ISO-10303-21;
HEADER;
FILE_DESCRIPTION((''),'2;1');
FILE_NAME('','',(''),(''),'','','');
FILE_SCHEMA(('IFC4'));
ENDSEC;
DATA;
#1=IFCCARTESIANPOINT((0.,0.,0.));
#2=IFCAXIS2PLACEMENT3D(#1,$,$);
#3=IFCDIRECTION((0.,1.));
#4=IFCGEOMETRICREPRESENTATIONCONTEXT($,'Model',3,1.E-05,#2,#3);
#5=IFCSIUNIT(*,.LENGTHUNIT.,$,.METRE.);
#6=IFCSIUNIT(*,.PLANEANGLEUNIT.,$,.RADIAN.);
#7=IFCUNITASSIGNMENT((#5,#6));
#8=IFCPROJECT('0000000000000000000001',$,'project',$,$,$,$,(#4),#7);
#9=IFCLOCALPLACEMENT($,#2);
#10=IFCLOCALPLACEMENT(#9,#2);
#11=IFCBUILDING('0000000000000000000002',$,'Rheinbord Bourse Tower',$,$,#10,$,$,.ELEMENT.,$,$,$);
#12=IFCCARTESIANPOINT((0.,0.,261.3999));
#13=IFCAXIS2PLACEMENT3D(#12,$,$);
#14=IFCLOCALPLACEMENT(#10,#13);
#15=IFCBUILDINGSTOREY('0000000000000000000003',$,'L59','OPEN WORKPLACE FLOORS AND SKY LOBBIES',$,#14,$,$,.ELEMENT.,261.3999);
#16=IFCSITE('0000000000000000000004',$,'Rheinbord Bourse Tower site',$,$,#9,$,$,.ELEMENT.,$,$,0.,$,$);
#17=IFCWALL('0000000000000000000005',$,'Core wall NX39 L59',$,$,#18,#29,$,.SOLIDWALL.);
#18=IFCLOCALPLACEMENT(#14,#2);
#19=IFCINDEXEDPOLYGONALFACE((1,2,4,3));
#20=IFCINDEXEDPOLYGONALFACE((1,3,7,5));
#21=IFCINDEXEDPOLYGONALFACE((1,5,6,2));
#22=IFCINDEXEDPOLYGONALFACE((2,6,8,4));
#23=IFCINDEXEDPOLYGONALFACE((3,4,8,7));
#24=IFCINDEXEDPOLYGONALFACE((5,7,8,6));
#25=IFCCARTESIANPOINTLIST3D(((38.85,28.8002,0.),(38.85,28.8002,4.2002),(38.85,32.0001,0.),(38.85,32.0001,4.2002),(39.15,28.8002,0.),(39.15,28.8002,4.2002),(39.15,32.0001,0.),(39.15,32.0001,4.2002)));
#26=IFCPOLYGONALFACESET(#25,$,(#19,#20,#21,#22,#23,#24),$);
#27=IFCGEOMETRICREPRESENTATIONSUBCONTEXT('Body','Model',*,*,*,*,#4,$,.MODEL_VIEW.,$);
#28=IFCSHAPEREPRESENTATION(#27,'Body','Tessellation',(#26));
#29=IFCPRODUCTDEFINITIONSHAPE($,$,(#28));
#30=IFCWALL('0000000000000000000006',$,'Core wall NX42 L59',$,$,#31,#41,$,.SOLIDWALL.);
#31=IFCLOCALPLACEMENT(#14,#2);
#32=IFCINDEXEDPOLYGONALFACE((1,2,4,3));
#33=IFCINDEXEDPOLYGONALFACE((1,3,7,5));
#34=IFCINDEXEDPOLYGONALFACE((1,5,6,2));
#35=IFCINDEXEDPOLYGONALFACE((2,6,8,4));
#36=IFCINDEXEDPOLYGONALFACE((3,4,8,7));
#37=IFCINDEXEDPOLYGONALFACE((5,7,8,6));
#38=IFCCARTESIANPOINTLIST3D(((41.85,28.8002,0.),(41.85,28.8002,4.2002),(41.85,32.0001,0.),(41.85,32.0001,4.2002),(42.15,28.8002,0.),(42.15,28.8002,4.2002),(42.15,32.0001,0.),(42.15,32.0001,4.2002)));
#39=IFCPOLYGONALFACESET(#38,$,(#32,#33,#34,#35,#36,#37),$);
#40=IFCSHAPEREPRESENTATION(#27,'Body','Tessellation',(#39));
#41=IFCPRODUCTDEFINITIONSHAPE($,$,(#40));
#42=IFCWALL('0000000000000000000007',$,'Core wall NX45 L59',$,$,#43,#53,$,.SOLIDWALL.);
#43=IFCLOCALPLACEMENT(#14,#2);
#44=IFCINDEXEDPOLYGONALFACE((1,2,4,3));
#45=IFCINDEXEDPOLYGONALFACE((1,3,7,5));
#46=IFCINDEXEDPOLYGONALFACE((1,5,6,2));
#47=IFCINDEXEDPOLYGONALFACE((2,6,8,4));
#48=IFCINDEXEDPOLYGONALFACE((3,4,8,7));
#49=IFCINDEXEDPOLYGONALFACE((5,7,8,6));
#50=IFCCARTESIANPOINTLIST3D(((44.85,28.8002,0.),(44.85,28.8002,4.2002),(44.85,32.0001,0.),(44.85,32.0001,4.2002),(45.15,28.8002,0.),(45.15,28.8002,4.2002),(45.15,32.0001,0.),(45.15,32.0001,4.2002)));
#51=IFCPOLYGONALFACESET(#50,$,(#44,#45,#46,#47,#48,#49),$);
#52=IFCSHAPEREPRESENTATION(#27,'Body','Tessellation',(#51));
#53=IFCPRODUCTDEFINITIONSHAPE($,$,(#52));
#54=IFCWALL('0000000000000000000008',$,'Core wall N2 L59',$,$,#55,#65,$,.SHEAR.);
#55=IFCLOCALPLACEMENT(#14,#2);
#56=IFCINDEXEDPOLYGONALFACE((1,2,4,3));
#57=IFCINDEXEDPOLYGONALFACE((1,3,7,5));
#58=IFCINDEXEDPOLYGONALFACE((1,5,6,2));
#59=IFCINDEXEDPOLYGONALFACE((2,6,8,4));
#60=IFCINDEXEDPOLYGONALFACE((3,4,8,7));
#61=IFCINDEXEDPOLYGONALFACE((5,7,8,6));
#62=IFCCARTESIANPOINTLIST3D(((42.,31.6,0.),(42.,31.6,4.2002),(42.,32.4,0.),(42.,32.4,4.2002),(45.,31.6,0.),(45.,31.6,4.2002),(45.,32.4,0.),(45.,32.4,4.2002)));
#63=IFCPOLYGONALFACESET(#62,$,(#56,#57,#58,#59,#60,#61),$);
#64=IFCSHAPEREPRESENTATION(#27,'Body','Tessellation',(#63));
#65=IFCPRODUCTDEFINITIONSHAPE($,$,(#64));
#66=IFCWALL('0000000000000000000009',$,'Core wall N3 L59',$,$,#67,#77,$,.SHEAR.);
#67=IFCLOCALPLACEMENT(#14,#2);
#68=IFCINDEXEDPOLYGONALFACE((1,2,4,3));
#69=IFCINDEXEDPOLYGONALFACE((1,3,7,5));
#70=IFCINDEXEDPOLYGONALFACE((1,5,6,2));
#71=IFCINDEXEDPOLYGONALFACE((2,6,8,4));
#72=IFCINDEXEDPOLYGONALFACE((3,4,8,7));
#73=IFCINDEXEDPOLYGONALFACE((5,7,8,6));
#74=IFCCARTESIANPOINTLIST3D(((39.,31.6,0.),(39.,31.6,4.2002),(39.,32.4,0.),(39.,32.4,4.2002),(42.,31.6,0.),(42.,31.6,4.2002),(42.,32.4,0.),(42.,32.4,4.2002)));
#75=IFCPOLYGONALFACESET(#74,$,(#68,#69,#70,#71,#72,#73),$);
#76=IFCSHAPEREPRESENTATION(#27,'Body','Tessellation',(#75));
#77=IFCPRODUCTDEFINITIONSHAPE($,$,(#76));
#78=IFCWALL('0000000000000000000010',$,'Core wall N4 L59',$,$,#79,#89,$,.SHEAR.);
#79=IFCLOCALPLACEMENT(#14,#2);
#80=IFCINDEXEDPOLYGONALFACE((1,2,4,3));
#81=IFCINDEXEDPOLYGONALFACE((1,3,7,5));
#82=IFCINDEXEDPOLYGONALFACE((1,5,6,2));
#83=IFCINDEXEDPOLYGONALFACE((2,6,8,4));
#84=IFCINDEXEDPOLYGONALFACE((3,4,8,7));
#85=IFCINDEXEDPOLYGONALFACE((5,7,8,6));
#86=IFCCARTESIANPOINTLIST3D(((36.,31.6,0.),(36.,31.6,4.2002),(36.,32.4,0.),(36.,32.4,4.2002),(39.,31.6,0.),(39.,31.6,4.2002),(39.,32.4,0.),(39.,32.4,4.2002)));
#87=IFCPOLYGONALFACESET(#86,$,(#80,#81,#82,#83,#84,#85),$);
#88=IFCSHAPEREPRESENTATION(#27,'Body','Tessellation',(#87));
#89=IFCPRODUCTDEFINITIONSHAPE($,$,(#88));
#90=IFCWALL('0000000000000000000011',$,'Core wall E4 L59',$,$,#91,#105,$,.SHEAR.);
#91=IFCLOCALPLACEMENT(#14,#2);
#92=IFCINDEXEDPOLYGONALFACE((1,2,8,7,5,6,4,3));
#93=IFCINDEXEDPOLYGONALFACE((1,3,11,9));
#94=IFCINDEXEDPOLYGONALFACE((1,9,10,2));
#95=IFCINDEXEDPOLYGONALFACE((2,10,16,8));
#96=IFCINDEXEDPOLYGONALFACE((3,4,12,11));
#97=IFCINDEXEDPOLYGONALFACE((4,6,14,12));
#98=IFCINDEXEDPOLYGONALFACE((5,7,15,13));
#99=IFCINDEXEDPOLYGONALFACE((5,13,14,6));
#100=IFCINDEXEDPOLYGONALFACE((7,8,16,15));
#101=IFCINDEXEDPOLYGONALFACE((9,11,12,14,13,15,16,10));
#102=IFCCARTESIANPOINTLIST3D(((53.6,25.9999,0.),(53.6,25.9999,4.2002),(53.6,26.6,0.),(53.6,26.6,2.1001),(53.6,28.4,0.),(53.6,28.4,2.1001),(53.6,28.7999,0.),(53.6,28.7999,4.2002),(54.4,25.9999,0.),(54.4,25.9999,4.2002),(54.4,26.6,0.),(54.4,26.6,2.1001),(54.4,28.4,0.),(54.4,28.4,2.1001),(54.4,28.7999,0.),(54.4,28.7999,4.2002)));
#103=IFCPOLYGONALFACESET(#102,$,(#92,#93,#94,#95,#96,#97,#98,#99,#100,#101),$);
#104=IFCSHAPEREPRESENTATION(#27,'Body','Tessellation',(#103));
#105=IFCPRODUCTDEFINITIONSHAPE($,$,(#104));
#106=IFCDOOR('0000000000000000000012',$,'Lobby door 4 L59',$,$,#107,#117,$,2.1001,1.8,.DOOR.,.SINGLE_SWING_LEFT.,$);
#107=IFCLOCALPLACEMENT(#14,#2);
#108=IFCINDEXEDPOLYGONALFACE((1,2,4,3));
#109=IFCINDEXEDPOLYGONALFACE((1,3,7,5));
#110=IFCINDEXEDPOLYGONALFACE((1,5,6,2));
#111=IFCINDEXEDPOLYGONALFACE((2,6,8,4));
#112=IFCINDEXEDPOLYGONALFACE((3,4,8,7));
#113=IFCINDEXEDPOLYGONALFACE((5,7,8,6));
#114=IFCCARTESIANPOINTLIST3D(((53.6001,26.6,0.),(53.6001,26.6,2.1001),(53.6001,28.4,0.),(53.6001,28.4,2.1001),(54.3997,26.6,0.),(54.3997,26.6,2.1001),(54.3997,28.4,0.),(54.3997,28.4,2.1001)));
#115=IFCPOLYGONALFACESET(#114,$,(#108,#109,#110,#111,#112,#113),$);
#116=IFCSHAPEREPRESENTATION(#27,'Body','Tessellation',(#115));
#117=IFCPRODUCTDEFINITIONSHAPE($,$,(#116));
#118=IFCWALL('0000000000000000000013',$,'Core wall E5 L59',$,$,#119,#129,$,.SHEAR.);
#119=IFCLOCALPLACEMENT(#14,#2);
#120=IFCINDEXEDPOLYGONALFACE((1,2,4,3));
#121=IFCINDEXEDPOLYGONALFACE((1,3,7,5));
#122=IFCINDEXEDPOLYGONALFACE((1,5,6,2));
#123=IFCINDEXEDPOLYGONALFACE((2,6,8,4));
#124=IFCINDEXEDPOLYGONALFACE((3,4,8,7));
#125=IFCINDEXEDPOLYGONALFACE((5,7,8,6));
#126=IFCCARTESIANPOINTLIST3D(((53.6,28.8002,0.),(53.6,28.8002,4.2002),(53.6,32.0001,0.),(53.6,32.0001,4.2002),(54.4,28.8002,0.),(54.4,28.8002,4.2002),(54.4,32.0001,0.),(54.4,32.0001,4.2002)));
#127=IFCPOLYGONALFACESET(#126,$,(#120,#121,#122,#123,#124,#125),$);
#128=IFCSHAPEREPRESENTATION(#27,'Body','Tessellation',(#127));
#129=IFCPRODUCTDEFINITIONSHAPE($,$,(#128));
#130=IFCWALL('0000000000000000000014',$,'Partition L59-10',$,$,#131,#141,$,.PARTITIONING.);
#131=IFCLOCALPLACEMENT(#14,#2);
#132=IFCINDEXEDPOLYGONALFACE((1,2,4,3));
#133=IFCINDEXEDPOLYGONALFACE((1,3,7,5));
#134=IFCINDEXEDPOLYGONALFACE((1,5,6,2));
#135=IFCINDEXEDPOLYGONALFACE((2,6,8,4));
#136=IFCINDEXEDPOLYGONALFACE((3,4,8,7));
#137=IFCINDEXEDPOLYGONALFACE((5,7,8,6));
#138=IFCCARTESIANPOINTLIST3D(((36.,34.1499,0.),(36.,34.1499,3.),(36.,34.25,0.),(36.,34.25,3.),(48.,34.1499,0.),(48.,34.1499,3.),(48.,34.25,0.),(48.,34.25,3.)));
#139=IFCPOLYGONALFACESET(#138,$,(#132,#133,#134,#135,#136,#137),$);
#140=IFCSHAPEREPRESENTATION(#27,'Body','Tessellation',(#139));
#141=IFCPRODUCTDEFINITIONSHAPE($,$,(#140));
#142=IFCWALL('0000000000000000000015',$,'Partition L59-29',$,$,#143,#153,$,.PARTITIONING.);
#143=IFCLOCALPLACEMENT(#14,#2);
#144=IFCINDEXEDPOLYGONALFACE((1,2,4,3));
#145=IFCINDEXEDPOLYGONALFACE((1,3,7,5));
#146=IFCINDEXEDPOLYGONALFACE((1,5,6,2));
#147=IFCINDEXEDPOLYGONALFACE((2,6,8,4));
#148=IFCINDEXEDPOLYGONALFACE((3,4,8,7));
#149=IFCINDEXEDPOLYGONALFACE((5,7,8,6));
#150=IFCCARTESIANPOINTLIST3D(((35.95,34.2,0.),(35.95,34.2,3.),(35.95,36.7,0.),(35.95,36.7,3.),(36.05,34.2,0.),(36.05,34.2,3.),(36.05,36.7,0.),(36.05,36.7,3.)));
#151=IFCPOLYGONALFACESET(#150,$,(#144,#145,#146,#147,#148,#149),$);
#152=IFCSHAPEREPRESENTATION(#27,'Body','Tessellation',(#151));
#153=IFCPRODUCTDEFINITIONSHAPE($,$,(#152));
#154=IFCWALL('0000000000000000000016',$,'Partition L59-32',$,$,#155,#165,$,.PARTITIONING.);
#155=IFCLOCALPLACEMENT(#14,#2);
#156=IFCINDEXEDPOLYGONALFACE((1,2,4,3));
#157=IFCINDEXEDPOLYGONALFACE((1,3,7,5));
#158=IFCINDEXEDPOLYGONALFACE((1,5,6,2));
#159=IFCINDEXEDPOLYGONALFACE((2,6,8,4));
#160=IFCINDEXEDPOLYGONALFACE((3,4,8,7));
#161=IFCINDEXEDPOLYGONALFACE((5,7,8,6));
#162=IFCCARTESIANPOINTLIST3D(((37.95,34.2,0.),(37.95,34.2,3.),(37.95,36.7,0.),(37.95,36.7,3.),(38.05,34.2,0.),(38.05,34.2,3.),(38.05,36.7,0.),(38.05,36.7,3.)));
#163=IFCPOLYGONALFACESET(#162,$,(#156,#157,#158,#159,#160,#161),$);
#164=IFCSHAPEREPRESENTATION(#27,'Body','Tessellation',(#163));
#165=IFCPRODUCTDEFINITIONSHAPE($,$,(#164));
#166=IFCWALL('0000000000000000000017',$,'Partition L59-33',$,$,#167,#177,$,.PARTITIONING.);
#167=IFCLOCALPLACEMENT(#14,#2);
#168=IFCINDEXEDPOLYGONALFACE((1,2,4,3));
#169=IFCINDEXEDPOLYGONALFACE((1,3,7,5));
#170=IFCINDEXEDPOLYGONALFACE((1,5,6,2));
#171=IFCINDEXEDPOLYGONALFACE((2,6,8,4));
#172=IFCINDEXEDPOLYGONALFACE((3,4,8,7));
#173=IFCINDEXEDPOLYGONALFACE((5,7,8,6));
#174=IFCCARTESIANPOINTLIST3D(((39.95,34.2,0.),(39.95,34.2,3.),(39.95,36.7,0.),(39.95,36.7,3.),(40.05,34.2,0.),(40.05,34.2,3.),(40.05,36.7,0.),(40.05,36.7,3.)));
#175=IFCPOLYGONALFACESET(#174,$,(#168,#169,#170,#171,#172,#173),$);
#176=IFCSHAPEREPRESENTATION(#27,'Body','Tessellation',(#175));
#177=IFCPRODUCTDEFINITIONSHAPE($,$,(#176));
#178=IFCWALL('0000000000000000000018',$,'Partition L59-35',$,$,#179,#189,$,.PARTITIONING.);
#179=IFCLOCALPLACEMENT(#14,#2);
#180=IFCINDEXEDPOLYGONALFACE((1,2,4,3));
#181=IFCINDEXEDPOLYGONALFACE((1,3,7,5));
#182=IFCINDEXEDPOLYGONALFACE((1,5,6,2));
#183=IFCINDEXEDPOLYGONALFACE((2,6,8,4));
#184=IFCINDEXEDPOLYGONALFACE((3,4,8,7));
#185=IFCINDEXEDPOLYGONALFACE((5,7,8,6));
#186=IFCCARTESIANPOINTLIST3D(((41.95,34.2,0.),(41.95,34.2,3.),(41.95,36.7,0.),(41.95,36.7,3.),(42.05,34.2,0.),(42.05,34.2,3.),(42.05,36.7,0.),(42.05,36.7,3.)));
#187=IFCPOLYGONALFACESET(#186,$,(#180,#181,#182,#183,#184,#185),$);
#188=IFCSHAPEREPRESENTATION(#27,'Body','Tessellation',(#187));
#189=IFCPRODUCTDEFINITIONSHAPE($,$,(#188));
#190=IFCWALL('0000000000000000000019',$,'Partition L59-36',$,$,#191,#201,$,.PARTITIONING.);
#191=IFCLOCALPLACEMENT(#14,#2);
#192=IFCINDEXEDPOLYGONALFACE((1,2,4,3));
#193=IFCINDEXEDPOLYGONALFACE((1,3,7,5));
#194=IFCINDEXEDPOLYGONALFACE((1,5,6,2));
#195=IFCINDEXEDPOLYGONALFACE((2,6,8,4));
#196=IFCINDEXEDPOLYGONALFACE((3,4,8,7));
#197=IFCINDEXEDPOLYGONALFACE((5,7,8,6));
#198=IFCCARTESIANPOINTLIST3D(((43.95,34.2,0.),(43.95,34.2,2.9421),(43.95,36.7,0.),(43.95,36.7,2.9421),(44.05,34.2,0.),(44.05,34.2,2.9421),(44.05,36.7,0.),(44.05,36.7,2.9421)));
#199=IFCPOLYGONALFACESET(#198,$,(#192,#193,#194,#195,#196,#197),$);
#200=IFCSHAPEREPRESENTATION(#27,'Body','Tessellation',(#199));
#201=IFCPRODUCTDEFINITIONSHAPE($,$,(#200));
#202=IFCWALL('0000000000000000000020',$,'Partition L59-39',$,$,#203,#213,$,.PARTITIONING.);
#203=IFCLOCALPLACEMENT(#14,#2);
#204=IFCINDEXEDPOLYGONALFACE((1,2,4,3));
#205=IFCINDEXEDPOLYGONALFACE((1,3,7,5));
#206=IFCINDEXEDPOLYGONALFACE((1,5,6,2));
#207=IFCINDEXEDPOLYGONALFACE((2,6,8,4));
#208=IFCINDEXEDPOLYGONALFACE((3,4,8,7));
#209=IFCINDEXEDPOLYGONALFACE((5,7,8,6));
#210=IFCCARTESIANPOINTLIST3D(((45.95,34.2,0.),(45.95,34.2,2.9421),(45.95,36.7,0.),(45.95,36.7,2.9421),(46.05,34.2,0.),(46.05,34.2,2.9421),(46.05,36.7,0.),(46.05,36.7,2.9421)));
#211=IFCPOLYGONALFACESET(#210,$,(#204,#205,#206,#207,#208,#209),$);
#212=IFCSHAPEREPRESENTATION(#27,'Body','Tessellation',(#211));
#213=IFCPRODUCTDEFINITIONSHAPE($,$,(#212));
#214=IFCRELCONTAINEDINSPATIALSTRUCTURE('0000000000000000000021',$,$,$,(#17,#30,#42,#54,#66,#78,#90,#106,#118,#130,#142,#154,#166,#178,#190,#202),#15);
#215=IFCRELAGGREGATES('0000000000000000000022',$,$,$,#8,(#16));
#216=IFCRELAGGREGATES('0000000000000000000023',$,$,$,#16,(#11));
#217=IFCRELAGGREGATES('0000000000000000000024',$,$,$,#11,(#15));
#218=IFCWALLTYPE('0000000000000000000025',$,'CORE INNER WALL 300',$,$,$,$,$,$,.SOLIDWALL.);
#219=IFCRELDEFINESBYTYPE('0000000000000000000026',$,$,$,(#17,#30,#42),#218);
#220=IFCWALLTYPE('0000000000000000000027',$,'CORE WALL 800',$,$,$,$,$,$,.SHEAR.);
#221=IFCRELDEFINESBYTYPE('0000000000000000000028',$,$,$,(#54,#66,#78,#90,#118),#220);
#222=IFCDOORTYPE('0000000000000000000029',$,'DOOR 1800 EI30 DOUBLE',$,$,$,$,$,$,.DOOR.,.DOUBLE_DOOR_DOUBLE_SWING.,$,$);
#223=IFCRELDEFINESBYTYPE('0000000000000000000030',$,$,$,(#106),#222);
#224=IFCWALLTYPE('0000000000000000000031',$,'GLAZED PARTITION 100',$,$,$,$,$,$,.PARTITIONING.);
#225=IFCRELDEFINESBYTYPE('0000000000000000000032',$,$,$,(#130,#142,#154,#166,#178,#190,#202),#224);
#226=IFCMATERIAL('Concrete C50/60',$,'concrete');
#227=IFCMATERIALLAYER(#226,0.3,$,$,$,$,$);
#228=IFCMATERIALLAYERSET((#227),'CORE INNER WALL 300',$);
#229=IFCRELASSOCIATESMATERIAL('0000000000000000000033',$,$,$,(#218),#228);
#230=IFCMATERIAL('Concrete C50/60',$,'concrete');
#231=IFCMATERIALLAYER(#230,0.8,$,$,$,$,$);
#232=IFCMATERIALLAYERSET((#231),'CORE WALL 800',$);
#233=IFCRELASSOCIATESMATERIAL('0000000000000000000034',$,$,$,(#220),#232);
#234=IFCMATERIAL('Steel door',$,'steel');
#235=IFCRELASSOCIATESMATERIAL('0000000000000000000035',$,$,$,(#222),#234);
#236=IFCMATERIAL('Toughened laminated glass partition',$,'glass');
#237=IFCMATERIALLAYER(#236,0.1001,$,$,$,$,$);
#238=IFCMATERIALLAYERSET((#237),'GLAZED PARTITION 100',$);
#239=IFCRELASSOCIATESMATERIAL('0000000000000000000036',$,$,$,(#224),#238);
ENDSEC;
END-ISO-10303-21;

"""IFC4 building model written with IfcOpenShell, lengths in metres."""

from ifc_helpers import new_model, si_unit, direction, frame, frame_2d, origin, place, context, subcontext, project, spatial, rectangle, extrude, material, layer, layer_set, type_object, element, fill, save


model = new_model("IFC4")

# Units and contexts
model_context = context("Model", 3, precision=1e-05, world=origin(), true_north=direction((0.0, 1.0)))
body_context = subcontext(model_context, "Body", "Model", "MODEL_VIEW")
ifc_project = project(units=[si_unit("LENGTHUNIT", "METRE"), si_unit("PLANEANGLEUNIT", "RADIAN")], contexts=[model_context])

# Site, building, storey
site_placement = place(None, origin())
site = spatial("IfcSite", under=ifc_project, at=site_placement, Name="Rheinbord Bourse Tower site", CompositionType="ELEMENT", RefElevation=0.0)
building_placement = place(site_placement, origin())
building = spatial("IfcBuilding", under=site, at=building_placement, Name="Rheinbord Bourse Tower", CompositionType="ELEMENT")
storey_placement = place(building_placement, frame((0.0, 0.0, 261.3999)))
storey = spatial("IfcBuildingStorey", under=building, at=storey_placement, Name="L59", Description="OPEN WORKPLACE FLOORS AND SKY LOBBIES", CompositionType="ELEMENT", Elevation=261.3999)

# Shared definitions
ifc_material_1 = material(Name="Concrete C50/60", Category="concrete")
ifc_layer_1 = layer(ifc_material_1, 0.3)
ifc_layer_set_1 = layer_set([ifc_layer_1], Name="CORE INNER WALL 300")
wall_type_1 = type_object("IfcWallType", Name="CORE INNER WALL 300", PredefinedType="SOLIDWALL", material=ifc_layer_set_1)

# Walls
for number, where, z_axis, x_axis, name in (
    (1, (39.0, 28.8, 0.0), (0.0, 0.0, 1.0), (0.0, 1.0, 0.0), "Core wall NX39 L59"),
    (2, (42.0, 28.8, 0.0), (0.0, 0.0, 1.0), (0.0, 1.0, 0.0), "Core wall NX42 L59"),
    (3, (45.0, 28.8, 0.0), (0.0, 0.0, 1.0), (0.0, 1.0, 0.0), "Core wall NX45 L59"),
):
    element("IfcWall", number, at=place(storey_placement, frame(where, z_axis=z_axis, x_axis=x_axis)), inside=storey, type_object=wall_type_1, Name=name, PredefinedType="SOLIDWALL", context=body_context, shape_type="SweptSolid", body=[
        extrude(rectangle(XDim=3.2, YDim=0.3, at=frame_2d((1.6001, 0.0))), origin(), (0.0, 0.0, 1.0), 4.2002),
    ])
ifc_material_2 = material(Name="Concrete C50/60", Category="concrete")
ifc_layer_2 = layer(ifc_material_2, 0.8)
ifc_layer_set_2 = layer_set([ifc_layer_2], Name="CORE WALL 800")
wall_type_2 = type_object("IfcWallType", Name="CORE WALL 800", PredefinedType="SHEAR", material=ifc_layer_set_2)
for number, where, z_axis, x_axis, name in (
    (4, (45.0, 32.0, 0.0), (0.0, 0.0, 1.0), (-1.0, 0.0, 0.0), "Core wall N2 L59"),
    (5, (42.0, 32.0, 0.0), (0.0, 0.0, 1.0), (-1.0, 0.0, 0.0), "Core wall N3 L59"),
    (6, (39.0, 32.0, 0.0), (0.0, 0.0, 1.0), (-1.0, 0.0, 0.0), "Core wall N4 L59"),
):
    element("IfcWall", number, at=place(storey_placement, frame(where, z_axis=z_axis, x_axis=x_axis)), inside=storey, type_object=wall_type_2, Name=name, PredefinedType="SHEAR", context=body_context, shape_type="SweptSolid", body=[
        extrude(rectangle(XDim=3.0, YDim=0.8, at=frame_2d((1.5, 0.0))), origin(), (0.0, 0.0, 1.0), 4.2002),
    ])

# Wall, opening, door
wall_1_placement = place(storey_placement, frame((54.0, 26.0, 0.0), z_axis=(0.0, 0.0, 1.0), x_axis=(0.0, 1.0, 0.0)))
wall_1 = element("IfcWall", 7, at=wall_1_placement, inside=storey, type_object=wall_type_2, Name="Core wall E4 L59", PredefinedType="SHEAR", context=body_context, shape_type="SweptSolid", body=[
    extrude(rectangle(XDim=2.8, YDim=0.8, at=frame_2d((1.3999, 0.0))), origin(), (0.0, 0.0, 1.0), 4.2002),
])
opening_1_placement = place(wall_1_placement, frame((0.6001, 0.0, 0.0)))
opening_1 = element("IfcOpeningElement", 8, at=opening_1_placement, cuts=wall_1, PredefinedType="OPENING", context=body_context, shape_type="SweptSolid", body=[
    extrude(rectangle(XDim=1.8, YDim=2.1001, at=frame_2d((0.8999, 1.05))), frame((0.0, 0.4099, 0.0), z_axis=(0.0, -1.0, 0.0), x_axis=(1.0, 0.0, 0.0)), (0.0, 0.0, 1.0), 0.8201),
])
ifc_material_3 = material(Name="Steel door", Category="steel")
door_type_1 = type_object("IfcDoorType", Name="DOOR 1800 EI30 DOUBLE", OperationType="DOUBLE_DOOR_DOUBLE_SWING", PredefinedType="DOOR", material=ifc_material_3)
door_1_placement = place(opening_1_placement, origin())
door_1 = element("IfcDoor", 9, at=door_1_placement, inside=storey, type_object=door_type_1, Name="Lobby door 4 L59", OperationType="SINGLE_SWING_LEFT", OverallHeight=2.1001, OverallWidth=1.8, PredefinedType="DOOR", context=body_context, shape_type="SweptSolid", body=[
    extrude(rectangle(XDim=1.8, YDim=2.1001, at=frame_2d((0.8999, 1.05))), frame((0.0, 0.3999, 0.0), z_axis=(0.0, -1.0, 0.0), x_axis=(1.0, 0.0, 0.0)), (0.0, 0.0, 1.0), 0.7996),
])
fill(opening_1, door_1)

# Walls
wall_2_placement = place(storey_placement, frame((54.0, 28.8, 0.0), z_axis=(0.0, 0.0, 1.0), x_axis=(0.0, 1.0, 0.0)))
element("IfcWall", 10, at=wall_2_placement, inside=storey, type_object=wall_type_2, Name="Core wall E5 L59", PredefinedType="SHEAR", context=body_context, shape_type="SweptSolid", body=[
    extrude(rectangle(XDim=3.2, YDim=0.8, at=frame_2d((1.6001, 0.0))), origin(), (0.0, 0.0, 1.0), 4.2002),
])
ifc_material_4 = material(Name="Toughened laminated glass partition", Category="glass")
ifc_layer_3 = layer(ifc_material_4, 0.1001)
ifc_layer_set_3 = layer_set([ifc_layer_3], Name="GLAZED PARTITION 100")
wall_type_3 = type_object("IfcWallType", Name="GLAZED PARTITION 100", PredefinedType="PARTITIONING", material=ifc_layer_set_3)
wall_3_placement = place(storey_placement, frame((36.0, 34.2, 0.0), z_axis=(0.0, 0.0, 1.0), x_axis=(1.0, 0.0, 0.0)))
element("IfcWall", 11, at=wall_3_placement, inside=storey, type_object=wall_type_3, Name="Partition L59-10", PredefinedType="PARTITIONING", context=body_context, shape_type="SweptSolid", body=[
    extrude(rectangle(XDim=12.0, YDim=0.1001, at=frame_2d((6.0, 0.0))), origin(), (0.0, 0.0, 1.0), 3.0),
])
for number, where, z_axis, x_axis, name in (
    (12, (36.0, 34.2, 0.0), (0.0, 0.0, 1.0), (0.0, 1.0, 0.0), "Partition L59-29"),
    (13, (38.0, 34.2, 0.0), (0.0, 0.0, 1.0), (0.0, 1.0, 0.0), "Partition L59-32"),
    (14, (40.0, 34.2, 0.0), (0.0, 0.0, 1.0), (0.0, 1.0, 0.0), "Partition L59-33"),
    (15, (42.0, 34.2, 0.0), (0.0, 0.0, 1.0), (0.0, 1.0, 0.0), "Partition L59-35"),
):
    element("IfcWall", number, at=place(storey_placement, frame(where, z_axis=z_axis, x_axis=x_axis)), inside=storey, type_object=wall_type_3, Name=name, PredefinedType="PARTITIONING", context=body_context, shape_type="SweptSolid", body=[
        extrude(rectangle(XDim=2.5, YDim=0.1001, at=frame_2d((1.25, 0.0))), origin(), (0.0, 0.0, 1.0), 3.0),
    ])
for number, where, z_axis, x_axis, name in (
    (16, (44.0, 34.2, 0.0), (0.0, 0.0, 1.0), (0.0, 1.0, 0.0), "Partition L59-36"),
    (17, (46.0, 34.2, 0.0), (0.0, 0.0, 1.0), (0.0, 1.0, 0.0), "Partition L59-39"),
):
    element("IfcWall", number, at=place(storey_placement, frame(where, z_axis=z_axis, x_axis=x_axis)), inside=storey, type_object=wall_type_3, Name=name, PredefinedType="PARTITIONING", context=body_context, shape_type="SweptSolid", body=[
        extrude(rectangle(XDim=2.5, YDim=0.1001, at=frame_2d((1.25, 0.0))), origin(), (0.0, 0.0, 1.0), 2.9421),
    ])

save(model, "model.ifc")
